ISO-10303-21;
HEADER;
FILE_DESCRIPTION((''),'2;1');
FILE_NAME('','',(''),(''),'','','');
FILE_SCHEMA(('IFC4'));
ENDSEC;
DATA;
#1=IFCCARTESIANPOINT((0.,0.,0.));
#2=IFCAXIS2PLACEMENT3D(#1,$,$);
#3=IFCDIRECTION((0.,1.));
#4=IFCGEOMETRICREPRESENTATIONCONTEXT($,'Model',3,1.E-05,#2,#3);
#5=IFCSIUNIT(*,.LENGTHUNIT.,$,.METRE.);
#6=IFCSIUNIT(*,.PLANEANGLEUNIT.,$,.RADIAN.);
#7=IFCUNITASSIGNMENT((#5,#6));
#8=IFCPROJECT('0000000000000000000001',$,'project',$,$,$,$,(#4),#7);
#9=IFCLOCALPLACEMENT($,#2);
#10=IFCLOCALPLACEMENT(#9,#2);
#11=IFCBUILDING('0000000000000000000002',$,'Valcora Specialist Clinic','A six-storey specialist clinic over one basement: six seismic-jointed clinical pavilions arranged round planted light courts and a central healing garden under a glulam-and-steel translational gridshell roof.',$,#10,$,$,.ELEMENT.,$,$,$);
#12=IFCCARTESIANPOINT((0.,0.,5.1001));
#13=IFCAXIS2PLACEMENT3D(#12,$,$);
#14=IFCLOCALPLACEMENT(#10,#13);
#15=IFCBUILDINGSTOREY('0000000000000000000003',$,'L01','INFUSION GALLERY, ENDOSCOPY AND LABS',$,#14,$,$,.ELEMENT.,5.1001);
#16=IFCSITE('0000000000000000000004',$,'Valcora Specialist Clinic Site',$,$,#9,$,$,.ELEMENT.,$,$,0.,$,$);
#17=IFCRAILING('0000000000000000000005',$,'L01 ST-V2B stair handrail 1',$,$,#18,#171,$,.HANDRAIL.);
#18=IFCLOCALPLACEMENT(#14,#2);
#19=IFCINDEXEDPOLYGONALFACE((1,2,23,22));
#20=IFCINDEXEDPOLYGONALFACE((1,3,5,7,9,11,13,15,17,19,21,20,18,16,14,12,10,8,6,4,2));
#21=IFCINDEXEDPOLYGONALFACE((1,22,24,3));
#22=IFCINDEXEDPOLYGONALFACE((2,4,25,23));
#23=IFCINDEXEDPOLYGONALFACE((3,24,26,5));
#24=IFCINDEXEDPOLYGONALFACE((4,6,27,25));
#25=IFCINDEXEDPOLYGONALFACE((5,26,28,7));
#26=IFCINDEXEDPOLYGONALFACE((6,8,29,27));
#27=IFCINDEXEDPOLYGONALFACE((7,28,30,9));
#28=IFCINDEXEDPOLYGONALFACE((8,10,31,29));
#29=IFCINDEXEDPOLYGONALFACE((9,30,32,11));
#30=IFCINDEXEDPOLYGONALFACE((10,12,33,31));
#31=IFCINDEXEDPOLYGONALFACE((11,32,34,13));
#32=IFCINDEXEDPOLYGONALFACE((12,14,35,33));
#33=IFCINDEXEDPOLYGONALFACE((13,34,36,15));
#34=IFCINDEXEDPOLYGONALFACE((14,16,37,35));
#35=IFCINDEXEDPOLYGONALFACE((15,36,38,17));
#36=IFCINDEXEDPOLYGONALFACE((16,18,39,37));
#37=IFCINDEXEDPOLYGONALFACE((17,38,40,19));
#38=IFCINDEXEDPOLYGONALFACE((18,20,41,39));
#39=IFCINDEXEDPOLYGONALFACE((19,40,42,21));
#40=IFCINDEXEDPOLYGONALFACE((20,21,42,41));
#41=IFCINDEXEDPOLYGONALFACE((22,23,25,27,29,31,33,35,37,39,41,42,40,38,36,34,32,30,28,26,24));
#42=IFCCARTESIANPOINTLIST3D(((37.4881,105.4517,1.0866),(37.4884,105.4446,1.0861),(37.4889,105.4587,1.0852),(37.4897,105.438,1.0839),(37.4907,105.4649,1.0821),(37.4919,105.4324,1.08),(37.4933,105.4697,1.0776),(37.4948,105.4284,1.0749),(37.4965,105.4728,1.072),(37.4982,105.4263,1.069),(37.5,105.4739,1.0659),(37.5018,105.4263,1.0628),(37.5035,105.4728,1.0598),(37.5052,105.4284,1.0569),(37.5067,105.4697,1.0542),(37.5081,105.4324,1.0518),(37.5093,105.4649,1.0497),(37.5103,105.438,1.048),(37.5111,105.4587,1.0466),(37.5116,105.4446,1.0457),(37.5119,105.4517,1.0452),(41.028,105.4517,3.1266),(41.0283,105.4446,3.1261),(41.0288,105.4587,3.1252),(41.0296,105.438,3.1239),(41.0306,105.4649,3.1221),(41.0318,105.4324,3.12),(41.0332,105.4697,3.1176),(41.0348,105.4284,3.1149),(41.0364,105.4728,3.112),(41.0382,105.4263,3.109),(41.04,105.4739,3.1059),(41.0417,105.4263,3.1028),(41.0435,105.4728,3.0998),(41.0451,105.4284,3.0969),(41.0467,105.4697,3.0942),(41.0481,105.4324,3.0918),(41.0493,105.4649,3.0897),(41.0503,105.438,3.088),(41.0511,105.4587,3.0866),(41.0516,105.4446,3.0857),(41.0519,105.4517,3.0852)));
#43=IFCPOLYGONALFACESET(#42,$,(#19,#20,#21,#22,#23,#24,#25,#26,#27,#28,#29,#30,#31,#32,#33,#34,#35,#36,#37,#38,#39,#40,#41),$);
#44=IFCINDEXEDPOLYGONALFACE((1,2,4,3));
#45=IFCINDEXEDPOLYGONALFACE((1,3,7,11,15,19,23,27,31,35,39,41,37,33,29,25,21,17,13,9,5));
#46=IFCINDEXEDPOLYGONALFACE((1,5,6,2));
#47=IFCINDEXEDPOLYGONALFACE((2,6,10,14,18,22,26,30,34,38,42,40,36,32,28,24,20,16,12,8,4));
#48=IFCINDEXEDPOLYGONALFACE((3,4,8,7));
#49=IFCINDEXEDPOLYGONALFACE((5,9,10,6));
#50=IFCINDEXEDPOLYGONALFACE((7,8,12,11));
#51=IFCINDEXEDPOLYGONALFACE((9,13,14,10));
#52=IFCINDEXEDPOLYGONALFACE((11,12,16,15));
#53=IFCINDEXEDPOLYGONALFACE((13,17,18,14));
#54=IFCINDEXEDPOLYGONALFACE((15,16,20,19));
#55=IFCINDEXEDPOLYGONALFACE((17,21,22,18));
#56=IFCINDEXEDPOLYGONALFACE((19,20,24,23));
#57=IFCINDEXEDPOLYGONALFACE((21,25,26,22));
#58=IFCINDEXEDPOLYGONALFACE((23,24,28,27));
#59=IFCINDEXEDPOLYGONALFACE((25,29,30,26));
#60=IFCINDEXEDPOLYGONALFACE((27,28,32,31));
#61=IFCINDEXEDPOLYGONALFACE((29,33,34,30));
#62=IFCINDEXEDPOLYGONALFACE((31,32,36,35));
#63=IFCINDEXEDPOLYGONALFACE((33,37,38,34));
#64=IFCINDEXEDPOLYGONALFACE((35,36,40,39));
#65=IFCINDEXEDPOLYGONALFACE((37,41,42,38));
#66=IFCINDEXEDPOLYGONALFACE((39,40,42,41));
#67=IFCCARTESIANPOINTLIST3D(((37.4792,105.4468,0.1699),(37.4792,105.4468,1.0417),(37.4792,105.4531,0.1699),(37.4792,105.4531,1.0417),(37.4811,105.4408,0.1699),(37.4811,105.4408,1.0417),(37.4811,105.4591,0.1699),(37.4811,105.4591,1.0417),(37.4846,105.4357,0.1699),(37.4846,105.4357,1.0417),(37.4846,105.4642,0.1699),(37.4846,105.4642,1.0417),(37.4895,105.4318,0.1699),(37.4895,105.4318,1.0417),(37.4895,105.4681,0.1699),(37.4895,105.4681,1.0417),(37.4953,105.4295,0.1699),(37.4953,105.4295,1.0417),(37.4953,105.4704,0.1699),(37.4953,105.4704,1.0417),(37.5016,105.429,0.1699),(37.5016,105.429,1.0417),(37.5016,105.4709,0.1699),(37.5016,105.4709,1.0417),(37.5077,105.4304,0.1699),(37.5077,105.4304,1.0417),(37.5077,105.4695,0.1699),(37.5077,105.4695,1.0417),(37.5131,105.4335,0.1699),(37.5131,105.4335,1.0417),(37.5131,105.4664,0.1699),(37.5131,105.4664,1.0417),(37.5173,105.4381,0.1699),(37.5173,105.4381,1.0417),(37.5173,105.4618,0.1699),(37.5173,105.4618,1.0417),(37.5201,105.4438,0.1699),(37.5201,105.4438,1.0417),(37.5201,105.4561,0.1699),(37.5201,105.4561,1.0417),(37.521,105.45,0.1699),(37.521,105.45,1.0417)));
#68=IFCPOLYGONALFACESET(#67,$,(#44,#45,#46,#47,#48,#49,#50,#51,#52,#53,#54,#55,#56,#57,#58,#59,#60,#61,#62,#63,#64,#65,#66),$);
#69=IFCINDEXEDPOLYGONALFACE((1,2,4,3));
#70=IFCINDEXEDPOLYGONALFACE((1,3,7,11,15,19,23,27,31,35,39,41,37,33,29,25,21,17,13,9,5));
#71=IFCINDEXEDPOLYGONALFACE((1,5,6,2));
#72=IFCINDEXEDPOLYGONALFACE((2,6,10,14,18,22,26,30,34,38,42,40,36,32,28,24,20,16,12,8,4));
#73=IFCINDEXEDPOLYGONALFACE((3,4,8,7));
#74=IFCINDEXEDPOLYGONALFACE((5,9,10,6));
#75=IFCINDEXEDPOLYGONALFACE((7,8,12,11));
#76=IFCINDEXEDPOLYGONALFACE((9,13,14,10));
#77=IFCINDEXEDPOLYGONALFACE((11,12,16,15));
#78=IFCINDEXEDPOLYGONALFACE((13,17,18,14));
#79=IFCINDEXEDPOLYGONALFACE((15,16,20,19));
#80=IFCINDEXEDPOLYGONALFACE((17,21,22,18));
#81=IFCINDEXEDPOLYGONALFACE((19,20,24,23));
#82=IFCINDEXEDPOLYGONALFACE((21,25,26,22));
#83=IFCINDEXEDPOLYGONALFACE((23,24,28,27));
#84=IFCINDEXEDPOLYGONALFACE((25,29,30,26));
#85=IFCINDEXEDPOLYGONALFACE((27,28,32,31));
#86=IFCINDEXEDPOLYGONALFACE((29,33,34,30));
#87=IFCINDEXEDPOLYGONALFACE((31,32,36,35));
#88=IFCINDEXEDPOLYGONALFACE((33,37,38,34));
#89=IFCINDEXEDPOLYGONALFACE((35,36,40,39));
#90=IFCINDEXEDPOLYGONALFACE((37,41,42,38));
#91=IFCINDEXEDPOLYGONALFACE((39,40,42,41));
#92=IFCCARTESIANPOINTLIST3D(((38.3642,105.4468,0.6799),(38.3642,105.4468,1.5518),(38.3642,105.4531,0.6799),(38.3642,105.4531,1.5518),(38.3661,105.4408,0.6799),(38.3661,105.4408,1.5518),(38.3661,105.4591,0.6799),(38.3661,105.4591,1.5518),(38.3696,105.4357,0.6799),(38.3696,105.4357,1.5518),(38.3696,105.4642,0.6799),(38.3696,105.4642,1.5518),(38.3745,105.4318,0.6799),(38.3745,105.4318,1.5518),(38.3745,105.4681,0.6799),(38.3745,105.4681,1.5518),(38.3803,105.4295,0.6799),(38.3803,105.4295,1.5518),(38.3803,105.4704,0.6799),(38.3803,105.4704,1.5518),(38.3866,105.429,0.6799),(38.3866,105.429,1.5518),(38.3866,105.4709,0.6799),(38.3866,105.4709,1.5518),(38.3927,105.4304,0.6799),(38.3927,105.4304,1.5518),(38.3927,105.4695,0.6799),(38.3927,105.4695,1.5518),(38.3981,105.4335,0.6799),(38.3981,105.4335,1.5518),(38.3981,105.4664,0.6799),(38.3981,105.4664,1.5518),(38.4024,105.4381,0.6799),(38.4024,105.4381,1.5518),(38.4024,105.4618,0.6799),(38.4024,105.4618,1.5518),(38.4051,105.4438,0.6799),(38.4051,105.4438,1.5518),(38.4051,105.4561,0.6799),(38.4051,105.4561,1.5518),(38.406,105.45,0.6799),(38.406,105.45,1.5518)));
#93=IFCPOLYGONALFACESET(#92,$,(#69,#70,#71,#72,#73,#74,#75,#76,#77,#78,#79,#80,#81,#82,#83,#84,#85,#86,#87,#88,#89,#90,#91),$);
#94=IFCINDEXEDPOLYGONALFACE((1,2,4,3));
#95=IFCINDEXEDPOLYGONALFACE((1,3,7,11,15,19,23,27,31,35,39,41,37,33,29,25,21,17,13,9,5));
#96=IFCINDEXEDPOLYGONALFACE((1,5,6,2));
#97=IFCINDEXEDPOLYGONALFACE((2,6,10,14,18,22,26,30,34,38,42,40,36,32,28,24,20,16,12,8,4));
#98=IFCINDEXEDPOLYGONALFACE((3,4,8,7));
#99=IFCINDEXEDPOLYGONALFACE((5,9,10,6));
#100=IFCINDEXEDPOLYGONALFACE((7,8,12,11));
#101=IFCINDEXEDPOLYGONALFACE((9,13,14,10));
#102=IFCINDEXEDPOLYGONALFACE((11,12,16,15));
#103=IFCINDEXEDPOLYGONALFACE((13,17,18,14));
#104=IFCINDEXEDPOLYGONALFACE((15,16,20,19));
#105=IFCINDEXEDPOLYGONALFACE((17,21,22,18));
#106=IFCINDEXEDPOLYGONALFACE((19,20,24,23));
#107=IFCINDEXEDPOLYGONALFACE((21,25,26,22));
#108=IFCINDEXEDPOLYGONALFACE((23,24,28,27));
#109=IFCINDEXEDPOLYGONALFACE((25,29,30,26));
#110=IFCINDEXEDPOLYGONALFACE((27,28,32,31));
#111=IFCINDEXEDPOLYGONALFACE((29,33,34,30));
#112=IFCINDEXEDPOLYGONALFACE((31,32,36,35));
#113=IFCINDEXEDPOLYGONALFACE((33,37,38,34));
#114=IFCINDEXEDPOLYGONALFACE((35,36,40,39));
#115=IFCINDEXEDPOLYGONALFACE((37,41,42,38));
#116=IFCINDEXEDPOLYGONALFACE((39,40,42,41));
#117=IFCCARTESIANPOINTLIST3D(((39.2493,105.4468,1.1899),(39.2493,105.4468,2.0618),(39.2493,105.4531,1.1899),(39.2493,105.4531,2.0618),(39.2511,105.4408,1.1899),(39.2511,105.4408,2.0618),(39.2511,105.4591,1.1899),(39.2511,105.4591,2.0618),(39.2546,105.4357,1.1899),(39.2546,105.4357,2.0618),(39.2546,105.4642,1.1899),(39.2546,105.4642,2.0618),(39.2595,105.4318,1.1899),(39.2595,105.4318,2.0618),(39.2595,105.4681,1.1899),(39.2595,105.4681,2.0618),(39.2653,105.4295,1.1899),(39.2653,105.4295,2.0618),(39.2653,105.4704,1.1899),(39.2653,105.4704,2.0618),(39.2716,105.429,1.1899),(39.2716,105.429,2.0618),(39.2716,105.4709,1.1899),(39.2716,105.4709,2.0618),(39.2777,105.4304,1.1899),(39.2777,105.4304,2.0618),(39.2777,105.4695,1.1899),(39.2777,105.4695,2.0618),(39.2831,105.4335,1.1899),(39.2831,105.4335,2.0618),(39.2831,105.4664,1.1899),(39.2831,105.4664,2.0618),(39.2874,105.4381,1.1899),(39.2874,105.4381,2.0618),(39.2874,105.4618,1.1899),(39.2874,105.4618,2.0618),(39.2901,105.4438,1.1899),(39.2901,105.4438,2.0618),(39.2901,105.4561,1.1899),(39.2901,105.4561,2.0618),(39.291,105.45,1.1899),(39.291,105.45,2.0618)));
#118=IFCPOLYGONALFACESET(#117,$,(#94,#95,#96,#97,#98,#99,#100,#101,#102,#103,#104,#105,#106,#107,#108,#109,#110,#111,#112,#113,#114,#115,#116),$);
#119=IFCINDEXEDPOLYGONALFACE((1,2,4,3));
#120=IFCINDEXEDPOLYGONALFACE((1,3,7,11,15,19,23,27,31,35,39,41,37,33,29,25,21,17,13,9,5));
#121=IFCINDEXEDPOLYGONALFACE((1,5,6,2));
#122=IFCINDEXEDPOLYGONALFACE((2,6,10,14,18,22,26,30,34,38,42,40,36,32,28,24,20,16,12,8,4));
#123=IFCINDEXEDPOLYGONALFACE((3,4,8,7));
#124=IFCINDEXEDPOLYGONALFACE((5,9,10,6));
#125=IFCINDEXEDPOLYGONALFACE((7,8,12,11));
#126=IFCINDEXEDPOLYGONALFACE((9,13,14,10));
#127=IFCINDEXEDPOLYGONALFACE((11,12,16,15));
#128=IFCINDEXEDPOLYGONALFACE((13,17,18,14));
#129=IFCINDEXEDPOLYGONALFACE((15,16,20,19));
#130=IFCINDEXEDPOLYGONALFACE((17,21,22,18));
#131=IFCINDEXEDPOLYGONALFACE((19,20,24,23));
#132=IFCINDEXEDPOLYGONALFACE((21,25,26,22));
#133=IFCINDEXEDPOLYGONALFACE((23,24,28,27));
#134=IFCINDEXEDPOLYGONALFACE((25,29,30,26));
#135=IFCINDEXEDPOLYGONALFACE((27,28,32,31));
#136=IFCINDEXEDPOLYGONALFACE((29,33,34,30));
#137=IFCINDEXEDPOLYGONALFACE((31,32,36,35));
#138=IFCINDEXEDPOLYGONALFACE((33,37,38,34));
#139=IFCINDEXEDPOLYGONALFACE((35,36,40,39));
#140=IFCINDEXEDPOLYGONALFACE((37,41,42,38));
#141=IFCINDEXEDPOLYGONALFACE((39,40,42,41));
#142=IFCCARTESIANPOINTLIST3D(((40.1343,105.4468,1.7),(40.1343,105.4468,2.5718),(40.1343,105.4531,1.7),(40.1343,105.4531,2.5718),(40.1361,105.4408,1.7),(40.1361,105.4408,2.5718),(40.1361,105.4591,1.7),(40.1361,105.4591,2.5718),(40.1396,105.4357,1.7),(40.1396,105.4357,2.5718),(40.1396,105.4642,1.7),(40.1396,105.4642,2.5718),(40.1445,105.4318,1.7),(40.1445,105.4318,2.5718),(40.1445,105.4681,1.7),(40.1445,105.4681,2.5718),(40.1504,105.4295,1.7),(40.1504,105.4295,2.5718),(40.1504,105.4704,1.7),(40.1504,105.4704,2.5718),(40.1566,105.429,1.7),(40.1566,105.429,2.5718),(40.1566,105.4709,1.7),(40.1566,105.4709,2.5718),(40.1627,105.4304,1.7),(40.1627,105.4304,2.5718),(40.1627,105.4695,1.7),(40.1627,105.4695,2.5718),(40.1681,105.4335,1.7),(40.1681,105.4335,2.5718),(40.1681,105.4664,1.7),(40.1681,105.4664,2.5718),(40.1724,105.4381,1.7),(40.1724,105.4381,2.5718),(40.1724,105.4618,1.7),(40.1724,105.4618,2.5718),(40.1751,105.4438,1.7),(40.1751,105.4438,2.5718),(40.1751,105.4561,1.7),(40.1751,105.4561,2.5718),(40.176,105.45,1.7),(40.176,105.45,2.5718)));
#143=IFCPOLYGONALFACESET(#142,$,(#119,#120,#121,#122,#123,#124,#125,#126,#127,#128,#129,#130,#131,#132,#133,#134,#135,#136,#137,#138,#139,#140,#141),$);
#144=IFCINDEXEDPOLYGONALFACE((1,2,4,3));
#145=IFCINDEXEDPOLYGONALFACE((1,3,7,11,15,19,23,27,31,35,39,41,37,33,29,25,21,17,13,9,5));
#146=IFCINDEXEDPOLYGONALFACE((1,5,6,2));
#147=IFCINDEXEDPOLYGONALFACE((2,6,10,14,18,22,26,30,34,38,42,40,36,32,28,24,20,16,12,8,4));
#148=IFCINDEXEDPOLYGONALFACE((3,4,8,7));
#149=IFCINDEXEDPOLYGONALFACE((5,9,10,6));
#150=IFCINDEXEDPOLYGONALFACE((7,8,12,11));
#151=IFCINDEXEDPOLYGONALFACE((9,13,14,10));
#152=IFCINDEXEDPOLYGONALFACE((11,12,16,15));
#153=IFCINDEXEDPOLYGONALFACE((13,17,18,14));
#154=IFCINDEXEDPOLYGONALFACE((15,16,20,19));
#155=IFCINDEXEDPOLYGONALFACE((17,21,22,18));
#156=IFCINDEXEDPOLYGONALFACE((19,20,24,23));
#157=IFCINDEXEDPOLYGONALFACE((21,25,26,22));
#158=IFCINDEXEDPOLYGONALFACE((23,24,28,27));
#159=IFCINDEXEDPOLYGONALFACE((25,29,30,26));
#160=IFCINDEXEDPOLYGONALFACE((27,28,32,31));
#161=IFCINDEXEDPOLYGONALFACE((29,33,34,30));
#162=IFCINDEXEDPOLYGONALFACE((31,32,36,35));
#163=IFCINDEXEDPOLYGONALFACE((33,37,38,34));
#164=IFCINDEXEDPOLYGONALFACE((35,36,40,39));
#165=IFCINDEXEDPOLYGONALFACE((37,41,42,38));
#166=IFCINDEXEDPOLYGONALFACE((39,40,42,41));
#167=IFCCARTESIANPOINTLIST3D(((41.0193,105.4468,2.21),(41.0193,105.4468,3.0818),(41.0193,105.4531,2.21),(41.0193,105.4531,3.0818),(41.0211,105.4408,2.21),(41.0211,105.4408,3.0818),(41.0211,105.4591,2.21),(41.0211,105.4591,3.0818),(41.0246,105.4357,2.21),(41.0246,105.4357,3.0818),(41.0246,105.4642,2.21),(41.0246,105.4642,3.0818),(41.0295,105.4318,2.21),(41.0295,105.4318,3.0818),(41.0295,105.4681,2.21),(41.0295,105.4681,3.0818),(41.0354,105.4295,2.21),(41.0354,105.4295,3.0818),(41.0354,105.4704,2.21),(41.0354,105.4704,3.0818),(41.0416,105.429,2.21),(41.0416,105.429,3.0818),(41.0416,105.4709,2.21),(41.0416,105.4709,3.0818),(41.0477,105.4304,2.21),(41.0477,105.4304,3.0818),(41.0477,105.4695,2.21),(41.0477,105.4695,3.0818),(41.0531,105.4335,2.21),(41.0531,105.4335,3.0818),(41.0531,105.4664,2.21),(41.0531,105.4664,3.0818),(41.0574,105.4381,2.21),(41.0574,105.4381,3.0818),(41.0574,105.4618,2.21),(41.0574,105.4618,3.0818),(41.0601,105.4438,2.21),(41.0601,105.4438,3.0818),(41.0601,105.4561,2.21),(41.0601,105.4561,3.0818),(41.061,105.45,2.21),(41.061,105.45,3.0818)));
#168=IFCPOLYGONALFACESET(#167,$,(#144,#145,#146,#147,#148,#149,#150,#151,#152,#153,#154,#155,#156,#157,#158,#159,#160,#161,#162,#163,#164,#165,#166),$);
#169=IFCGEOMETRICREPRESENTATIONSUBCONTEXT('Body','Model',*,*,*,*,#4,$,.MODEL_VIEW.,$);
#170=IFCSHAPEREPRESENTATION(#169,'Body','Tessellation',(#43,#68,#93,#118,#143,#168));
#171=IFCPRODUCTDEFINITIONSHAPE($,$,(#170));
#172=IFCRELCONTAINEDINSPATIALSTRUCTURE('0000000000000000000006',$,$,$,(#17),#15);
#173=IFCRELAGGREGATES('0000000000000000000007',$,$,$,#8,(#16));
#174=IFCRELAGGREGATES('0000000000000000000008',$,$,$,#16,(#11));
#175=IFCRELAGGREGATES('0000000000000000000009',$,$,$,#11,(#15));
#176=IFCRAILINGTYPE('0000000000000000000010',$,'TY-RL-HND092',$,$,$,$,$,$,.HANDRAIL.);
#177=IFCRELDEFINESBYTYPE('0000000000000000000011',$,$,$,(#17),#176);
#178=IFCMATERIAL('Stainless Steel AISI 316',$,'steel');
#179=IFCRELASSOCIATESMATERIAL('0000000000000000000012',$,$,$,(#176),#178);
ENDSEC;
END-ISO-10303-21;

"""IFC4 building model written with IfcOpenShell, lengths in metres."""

from ifc_helpers import new_model, si_unit, direction, frame, origin, origin_2d, place, context, subcontext, project, spatial, circle, extrude, material, type_object, element, save


model = new_model("IFC4")

# Units and contexts
model_context = context("Model", 3, precision=1e-05, world=origin(), true_north=direction((0.0, 1.0)))
body_context = subcontext(model_context, "Body", "Model", "MODEL_VIEW")
ifc_project = project(units=[si_unit("LENGTHUNIT", "METRE"), si_unit("PLANEANGLEUNIT", "RADIAN")], contexts=[model_context])

# Site, building, storey
site_placement = place(None, origin())
site = spatial("IfcSite", under=ifc_project, at=site_placement, Name="Valcora Specialist Clinic Site", CompositionType="ELEMENT", RefElevation=0.0)
building_placement = place(site_placement, origin())
building = spatial("IfcBuilding", under=site, at=building_placement, Name="Valcora Specialist Clinic", Description="A six-storey specialist clinic over one basement: six seismic-jointed clinical pavilions arranged round planted light courts and a central healing garden under a glulam-and-steel translational gridshell roof.", CompositionType="ELEMENT")
storey_placement = place(building_placement, frame((0.0, 0.0, 5.1001)))
storey = spatial("IfcBuildingStorey", under=building, at=storey_placement, Name="L01", Description="INFUSION GALLERY, ENDOSCOPY AND LABS", CompositionType="ELEMENT", Elevation=5.1001)

# Railing
ifc_material_1 = material(Name="Stainless Steel AISI 316", Category="steel")
railing_type_1 = type_object("IfcRailingType", Name="TY-RL-HND092", PredefinedType="HANDRAIL", material=ifc_material_1)
railing_1_placement = place(storey_placement, frame((37.5, 105.45, 0.1699)))
element("IfcRailing", 1, at=railing_1_placement, inside=storey, type_object=railing_type_1, Name="L01 ST-V2B stair handrail 1", PredefinedType="HANDRAIL", context=body_context, shape_type="SweptSolid", body=[
    extrude(circle(Radius=0.0239, at=origin_2d()), frame((0.0, 0.0, 0.896), z_axis=(0.866428, 0.0, 0.499302), x_axis=(0.0, 1.0, 0.0)), (0.0, 0.0, 1.0), 4.0857),
    extrude(circle(Radius=0.021, at=origin_2d()), origin(), (0.0, 0.0, 1.0), 0.8718),
    extrude(circle(Radius=0.021, at=origin_2d()), frame((0.885, 0.0, 0.51)), (0.0, 0.0, 1.0), 0.8718),
    extrude(circle(Radius=0.021, at=origin_2d()), frame((1.77, 0.0, 1.02)), (0.0, 0.0, 1.0), 0.8718),
    extrude(circle(Radius=0.021, at=origin_2d()), frame((2.655, 0.0, 1.53)), (0.0, 0.0, 1.0), 0.8718),
    extrude(circle(Radius=0.021, at=origin_2d()), frame((3.54, 0.0, 2.04)), (0.0, 0.0, 1.0), 0.8718),
])

save(model, "model.ifc")
